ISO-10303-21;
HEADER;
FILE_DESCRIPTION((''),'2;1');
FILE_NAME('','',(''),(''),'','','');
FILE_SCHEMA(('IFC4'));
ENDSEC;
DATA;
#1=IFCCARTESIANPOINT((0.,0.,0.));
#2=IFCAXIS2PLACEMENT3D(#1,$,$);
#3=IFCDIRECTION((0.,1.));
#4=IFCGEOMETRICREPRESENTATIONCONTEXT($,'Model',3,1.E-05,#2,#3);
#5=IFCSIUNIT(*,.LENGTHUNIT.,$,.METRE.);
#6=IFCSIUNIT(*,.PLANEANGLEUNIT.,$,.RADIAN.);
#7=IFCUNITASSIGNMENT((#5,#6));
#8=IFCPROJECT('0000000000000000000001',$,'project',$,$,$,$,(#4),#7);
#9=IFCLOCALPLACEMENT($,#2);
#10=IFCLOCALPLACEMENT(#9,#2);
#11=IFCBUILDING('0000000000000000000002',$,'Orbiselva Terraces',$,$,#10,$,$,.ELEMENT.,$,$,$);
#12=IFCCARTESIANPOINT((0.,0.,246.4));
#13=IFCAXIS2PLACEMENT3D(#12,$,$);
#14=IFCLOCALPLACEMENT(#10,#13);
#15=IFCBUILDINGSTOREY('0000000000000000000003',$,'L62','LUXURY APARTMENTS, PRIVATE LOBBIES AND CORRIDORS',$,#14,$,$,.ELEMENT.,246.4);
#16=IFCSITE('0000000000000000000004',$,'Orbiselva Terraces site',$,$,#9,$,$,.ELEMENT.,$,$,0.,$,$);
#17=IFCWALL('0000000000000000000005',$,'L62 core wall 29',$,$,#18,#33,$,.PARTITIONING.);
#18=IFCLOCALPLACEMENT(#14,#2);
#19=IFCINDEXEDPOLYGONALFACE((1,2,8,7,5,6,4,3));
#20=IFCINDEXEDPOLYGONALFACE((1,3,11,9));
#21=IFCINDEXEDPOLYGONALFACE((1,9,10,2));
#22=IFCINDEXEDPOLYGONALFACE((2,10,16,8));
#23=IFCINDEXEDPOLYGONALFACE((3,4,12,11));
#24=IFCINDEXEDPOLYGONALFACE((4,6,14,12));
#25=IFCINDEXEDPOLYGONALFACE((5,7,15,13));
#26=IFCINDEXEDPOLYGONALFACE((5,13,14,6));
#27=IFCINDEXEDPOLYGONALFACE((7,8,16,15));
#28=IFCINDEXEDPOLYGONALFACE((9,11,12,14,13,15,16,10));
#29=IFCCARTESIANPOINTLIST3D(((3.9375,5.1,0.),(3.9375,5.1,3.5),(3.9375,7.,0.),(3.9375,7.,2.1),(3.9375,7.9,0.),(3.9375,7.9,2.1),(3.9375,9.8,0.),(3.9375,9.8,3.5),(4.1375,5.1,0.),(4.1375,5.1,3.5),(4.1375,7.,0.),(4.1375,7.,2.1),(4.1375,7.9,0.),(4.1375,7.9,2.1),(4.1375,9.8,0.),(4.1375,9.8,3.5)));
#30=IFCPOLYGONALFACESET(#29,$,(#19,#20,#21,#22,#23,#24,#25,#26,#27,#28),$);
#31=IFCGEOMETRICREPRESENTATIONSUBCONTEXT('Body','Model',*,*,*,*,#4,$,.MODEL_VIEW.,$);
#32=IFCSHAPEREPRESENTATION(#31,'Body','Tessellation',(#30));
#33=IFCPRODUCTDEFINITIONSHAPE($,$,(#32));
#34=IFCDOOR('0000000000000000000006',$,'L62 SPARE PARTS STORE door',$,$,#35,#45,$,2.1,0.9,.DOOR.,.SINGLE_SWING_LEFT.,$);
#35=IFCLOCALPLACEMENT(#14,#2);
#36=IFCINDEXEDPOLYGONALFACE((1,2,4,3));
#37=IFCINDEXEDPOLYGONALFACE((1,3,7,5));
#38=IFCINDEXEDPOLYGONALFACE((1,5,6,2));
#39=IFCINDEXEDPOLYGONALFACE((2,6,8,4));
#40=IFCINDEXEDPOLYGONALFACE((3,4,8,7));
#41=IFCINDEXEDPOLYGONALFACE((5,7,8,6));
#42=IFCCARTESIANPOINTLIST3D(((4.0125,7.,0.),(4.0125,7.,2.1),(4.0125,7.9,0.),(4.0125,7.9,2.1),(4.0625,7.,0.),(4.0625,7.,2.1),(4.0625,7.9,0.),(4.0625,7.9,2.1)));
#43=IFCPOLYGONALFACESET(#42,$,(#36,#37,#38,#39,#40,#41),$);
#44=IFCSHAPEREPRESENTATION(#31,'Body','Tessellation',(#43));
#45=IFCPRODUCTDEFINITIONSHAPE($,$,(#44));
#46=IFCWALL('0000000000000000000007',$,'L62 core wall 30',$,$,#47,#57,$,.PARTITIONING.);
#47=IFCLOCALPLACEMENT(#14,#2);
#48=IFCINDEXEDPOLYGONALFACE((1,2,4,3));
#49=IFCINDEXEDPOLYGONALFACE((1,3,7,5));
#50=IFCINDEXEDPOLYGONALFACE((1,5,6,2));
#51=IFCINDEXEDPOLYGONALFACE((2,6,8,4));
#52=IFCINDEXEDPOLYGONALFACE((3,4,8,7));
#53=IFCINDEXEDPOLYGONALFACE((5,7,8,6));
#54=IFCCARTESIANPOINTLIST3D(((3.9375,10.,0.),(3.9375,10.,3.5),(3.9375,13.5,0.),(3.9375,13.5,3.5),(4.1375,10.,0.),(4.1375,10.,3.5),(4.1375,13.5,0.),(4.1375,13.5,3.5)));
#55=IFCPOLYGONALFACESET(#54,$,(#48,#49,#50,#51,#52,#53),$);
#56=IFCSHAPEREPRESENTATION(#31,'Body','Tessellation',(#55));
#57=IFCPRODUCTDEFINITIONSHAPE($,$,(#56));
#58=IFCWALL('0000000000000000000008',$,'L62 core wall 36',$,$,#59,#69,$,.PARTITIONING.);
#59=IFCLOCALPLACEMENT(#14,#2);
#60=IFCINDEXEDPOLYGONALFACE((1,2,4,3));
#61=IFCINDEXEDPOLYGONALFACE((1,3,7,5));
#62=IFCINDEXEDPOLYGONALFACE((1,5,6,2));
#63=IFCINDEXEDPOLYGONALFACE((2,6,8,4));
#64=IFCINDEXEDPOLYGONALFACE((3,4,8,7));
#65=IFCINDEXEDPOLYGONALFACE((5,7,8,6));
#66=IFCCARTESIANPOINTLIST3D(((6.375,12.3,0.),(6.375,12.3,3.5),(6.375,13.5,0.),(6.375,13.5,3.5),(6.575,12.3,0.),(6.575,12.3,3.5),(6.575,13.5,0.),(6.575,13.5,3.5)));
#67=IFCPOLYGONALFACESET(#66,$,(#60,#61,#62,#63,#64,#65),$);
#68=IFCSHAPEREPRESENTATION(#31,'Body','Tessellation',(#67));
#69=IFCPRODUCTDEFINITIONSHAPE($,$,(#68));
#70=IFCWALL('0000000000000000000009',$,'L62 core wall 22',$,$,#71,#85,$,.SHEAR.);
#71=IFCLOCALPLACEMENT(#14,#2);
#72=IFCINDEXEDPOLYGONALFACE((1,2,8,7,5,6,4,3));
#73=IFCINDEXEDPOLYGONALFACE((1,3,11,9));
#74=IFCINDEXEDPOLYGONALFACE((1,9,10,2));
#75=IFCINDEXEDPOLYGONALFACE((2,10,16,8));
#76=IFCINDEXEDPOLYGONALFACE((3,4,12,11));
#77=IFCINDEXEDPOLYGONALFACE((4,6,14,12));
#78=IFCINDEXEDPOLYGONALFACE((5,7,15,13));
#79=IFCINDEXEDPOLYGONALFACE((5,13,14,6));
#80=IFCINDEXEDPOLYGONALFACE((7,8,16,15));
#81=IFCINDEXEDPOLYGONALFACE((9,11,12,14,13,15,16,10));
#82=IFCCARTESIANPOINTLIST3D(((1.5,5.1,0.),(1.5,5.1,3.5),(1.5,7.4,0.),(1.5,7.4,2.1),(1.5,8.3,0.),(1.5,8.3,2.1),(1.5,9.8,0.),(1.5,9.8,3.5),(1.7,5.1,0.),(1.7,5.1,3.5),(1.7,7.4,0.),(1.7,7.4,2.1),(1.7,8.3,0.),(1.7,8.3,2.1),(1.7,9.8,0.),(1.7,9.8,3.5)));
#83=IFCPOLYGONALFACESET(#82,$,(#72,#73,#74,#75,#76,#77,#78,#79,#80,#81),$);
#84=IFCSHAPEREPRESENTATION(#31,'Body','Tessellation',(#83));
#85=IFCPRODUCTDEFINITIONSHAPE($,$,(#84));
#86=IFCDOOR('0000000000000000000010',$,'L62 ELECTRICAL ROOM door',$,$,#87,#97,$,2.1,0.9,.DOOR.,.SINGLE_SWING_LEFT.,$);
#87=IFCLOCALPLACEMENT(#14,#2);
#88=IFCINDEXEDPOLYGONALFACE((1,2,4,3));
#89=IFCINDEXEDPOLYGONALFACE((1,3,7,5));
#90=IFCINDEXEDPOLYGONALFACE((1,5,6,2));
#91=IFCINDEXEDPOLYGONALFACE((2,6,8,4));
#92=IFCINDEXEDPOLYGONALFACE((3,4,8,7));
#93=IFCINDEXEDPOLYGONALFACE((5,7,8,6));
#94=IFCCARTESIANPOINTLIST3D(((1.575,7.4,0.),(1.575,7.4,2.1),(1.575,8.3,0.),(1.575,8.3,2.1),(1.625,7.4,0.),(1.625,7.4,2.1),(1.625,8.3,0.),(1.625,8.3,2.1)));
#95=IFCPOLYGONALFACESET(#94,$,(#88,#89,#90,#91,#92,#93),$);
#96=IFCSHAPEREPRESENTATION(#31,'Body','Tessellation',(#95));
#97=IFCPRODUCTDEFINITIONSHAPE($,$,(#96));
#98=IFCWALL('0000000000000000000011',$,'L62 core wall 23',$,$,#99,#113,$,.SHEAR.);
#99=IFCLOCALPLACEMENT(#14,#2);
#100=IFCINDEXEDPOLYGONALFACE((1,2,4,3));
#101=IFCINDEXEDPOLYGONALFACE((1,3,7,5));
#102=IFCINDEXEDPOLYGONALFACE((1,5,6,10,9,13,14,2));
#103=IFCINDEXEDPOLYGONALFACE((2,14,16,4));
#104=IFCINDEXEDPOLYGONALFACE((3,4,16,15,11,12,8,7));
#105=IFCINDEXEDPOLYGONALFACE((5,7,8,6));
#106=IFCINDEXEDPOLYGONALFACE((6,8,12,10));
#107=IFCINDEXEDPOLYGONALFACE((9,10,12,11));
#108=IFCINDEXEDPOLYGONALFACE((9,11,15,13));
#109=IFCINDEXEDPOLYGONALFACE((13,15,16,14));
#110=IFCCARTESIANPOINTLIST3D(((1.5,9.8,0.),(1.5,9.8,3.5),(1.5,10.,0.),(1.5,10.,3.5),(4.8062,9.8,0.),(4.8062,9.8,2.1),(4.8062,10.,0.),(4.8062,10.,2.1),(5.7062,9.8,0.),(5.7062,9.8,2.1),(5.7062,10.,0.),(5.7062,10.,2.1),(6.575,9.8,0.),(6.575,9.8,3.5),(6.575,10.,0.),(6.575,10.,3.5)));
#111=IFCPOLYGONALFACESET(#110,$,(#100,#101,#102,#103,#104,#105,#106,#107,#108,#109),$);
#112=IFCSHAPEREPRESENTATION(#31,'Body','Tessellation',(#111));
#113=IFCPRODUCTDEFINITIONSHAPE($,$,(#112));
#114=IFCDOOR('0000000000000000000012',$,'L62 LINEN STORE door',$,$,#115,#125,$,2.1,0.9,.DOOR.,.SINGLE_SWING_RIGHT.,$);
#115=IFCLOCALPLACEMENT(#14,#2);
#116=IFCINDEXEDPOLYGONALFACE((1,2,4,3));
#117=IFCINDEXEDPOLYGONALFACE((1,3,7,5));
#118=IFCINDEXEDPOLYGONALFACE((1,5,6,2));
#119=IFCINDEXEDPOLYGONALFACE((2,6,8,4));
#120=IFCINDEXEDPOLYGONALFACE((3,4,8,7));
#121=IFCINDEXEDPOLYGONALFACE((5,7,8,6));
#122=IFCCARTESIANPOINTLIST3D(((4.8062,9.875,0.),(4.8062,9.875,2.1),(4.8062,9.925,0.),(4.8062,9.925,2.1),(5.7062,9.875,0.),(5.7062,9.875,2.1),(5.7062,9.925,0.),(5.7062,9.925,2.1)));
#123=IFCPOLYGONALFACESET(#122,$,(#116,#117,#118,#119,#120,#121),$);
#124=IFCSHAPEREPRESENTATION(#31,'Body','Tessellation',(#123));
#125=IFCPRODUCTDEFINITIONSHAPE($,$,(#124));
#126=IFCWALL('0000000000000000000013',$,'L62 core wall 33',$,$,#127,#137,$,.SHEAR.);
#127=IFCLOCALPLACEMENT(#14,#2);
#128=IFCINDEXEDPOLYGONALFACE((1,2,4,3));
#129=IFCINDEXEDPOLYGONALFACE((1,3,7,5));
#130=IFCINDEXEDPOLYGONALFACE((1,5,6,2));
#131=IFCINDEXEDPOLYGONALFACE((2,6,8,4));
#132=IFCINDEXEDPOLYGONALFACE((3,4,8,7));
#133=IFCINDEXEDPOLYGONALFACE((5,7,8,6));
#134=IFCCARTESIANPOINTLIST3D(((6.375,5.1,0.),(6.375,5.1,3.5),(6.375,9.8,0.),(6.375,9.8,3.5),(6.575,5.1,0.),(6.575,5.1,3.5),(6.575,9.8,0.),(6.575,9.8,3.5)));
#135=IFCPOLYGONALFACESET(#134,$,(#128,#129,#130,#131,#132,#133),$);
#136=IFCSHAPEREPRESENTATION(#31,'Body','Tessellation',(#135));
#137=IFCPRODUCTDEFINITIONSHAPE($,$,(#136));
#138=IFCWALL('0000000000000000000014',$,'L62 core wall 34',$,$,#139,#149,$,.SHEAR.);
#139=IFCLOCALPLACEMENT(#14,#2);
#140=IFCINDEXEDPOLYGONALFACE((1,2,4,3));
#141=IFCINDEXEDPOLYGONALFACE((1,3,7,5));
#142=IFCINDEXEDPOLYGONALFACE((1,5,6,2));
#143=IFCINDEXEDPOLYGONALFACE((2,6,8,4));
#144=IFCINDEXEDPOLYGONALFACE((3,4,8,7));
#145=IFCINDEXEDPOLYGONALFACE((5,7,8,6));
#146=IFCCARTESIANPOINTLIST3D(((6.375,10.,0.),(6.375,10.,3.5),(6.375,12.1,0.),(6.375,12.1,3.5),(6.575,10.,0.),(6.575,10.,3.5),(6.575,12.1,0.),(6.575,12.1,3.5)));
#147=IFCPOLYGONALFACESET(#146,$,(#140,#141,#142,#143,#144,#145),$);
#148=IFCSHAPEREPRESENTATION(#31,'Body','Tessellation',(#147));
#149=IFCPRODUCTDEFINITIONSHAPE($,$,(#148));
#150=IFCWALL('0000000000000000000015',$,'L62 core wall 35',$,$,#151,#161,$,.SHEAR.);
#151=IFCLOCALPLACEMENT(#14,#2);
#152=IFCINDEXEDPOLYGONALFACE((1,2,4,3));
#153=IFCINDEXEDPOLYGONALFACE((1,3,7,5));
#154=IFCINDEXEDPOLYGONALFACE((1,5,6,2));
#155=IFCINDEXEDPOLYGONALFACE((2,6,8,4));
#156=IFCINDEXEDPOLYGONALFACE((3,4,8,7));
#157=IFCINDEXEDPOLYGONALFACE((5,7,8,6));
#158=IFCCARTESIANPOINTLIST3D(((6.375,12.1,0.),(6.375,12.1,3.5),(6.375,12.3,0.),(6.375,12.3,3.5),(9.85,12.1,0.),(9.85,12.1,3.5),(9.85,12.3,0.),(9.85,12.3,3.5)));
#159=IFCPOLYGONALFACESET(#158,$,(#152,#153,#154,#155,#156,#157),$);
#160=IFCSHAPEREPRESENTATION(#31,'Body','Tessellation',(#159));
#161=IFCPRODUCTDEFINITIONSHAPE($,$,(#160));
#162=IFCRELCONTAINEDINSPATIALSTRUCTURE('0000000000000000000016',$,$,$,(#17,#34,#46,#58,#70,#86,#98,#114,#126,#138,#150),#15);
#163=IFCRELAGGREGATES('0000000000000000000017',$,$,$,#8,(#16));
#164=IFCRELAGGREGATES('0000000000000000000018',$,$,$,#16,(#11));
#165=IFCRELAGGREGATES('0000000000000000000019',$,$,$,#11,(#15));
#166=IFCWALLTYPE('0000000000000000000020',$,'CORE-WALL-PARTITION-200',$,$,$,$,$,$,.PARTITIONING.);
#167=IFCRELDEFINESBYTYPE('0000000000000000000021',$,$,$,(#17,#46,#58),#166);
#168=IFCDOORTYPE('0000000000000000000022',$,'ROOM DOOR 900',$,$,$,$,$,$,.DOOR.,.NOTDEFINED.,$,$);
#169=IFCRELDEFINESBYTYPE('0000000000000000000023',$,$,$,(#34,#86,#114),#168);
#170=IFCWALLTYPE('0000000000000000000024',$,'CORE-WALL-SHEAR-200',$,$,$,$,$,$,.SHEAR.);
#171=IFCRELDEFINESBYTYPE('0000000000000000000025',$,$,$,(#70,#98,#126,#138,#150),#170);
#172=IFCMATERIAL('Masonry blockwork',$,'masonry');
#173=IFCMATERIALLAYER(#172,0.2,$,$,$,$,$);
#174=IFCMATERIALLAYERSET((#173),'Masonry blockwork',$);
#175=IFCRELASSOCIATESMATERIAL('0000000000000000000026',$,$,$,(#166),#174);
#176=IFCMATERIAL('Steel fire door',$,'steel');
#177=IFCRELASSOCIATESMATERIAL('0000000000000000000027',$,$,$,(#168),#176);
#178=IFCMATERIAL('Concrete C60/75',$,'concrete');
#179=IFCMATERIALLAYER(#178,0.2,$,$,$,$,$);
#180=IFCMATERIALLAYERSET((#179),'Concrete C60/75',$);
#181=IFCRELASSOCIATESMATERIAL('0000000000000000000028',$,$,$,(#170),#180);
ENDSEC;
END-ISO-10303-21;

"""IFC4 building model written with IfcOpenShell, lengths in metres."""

from ifc_helpers import new_model, si_unit, direction, frame, frame_2d, origin, place, context, subcontext, project, spatial, rectangle, extrude, material, layer, layer_set, type_object, element, fill, save


model = new_model("IFC4")

# Units and contexts
model_context = context("Model", 3, precision=1e-05, world=origin(), true_north=direction((0.0, 1.0)))
body_context = subcontext(model_context, "Body", "Model", "MODEL_VIEW")
ifc_project = project(units=[si_unit("LENGTHUNIT", "METRE"), si_unit("PLANEANGLEUNIT", "RADIAN")], contexts=[model_context])

# Site, building, storey
site_placement = place(None, origin())
site = spatial("IfcSite", under=ifc_project, at=site_placement, Name="Orbiselva Terraces site", CompositionType="ELEMENT", RefElevation=0.0)
building_placement = place(site_placement, origin())
building = spatial("IfcBuilding", under=site, at=building_placement, Name="Orbiselva Terraces", CompositionType="ELEMENT")
storey_placement = place(building_placement, frame((0.0, 0.0, 246.4)))
storey = spatial("IfcBuildingStorey", under=building, at=storey_placement, Name="L62", Description="LUXURY APARTMENTS, PRIVATE LOBBIES AND CORRIDORS", CompositionType="ELEMENT", Elevation=246.4)

# Wall, opening, door
ifc_material_1 = material(Name="Masonry blockwork", Category="masonry")
ifc_layer_1 = layer(ifc_material_1, 0.2)
ifc_layer_set_1 = layer_set([ifc_layer_1], Name="Masonry blockwork")
wall_type_1 = type_object("IfcWallType", Name="CORE-WALL-PARTITION-200", PredefinedType="PARTITIONING", material=ifc_layer_set_1)
wall_1_placement = place(storey_placement, frame((4.0375, 9.8, 0.0), z_axis=(0.0, 0.0, 1.0), x_axis=(0.0, -1.0, 0.0)))
wall_1 = element("IfcWall", 1, at=wall_1_placement, inside=storey, type_object=wall_type_1, Name="L62 core wall 29", PredefinedType="PARTITIONING", context=body_context, shape_type="SweptSolid", body=[
    extrude(rectangle(XDim=4.7, YDim=0.2, at=frame_2d((2.35, 0.0))), origin(), (0.0, 0.0, 1.0), 3.5),
])
opening_1_placement = place(wall_1_placement, frame((1.9, 0.0, 0.0)))
opening_1 = element("IfcOpeningElement", 2, at=opening_1_placement, cuts=wall_1, PredefinedType="OPENING", context=body_context, shape_type="SweptSolid", body=[
    extrude(rectangle(XDim=0.9, YDim=2.1, at=frame_2d((0.45, 1.05))), frame((0.0, 0.11, 0.0), z_axis=(0.0, -1.0, 0.0), x_axis=(1.0, 0.0, 0.0)), (0.0, 0.0, 1.0), 0.22),
])
ifc_material_2 = material(Name="Steel fire door", Category="steel")
door_type_1 = type_object("IfcDoorType", Name="ROOM DOOR 900", OperationType="NOTDEFINED", PredefinedType="DOOR", material=ifc_material_2)
door_1_placement = place(opening_1_placement, origin())
door_1 = element("IfcDoor", 3, at=door_1_placement, inside=storey, type_object=door_type_1, Name="L62 SPARE PARTS STORE door", OperationType="SINGLE_SWING_LEFT", OverallHeight=2.1, OverallWidth=0.9, PredefinedType="DOOR", context=body_context, shape_type="SweptSolid", body=[
    extrude(rectangle(XDim=0.9, YDim=2.1, at=frame_2d((0.45, 1.05))), frame((0.0, 0.025, 0.0), z_axis=(0.0, -1.0, 0.0), x_axis=(1.0, 0.0, 0.0)), (0.0, 0.0, 1.0), 0.05),
])
fill(opening_1, door_1)

# Walls
wall_2_placement = place(storey_placement, frame((4.0375, 10.0, 0.0), z_axis=(0.0, 0.0, 1.0), x_axis=(0.0, 1.0, 0.0)))
element("IfcWall", 4, at=wall_2_placement, inside=storey, type_object=wall_type_1, Name="L62 core wall 30", PredefinedType="PARTITIONING", context=body_context, shape_type="SweptSolid", body=[
    extrude(rectangle(XDim=3.5, YDim=0.2, at=frame_2d((1.75, 0.0))), origin(), (0.0, 0.0, 1.0), 3.5),
])
wall_3_placement = place(storey_placement, frame((6.475, 12.3, 0.0), z_axis=(0.0, 0.0, 1.0), x_axis=(0.0, 1.0, 0.0)))
element("IfcWall", 5, at=wall_3_placement, inside=storey, type_object=wall_type_1, Name="L62 core wall 36", PredefinedType="PARTITIONING", context=body_context, shape_type="SweptSolid", body=[
    extrude(rectangle(XDim=1.2, YDim=0.2, at=frame_2d((0.6, 0.0))), origin(), (0.0, 0.0, 1.0), 3.5),
])

# Walls, openings, doors
ifc_material_3 = material(Name="Concrete C60/75", Category="concrete")
ifc_layer_2 = layer(ifc_material_3, 0.2)
ifc_layer_set_2 = layer_set([ifc_layer_2], Name="Concrete C60/75")
wall_type_2 = type_object("IfcWallType", Name="CORE-WALL-SHEAR-200", PredefinedType="SHEAR", material=ifc_layer_set_2)
wall_4_placement = place(storey_placement, frame((1.6, 9.8, 0.0), z_axis=(0.0, 0.0, 1.0), x_axis=(0.0, -1.0, 0.0)))
wall_4 = element("IfcWall", 6, at=wall_4_placement, inside=storey, type_object=wall_type_2, Name="L62 core wall 22", PredefinedType="SHEAR", context=body_context, shape_type="SweptSolid", body=[
    extrude(rectangle(XDim=4.7, YDim=0.2, at=frame_2d((2.35, 0.0))), origin(), (0.0, 0.0, 1.0), 3.5),
])
opening_2_placement = place(wall_4_placement, frame((1.5, 0.0, 0.0)))
opening_2 = element("IfcOpeningElement", 7, at=opening_2_placement, cuts=wall_4, PredefinedType="OPENING", context=body_context, shape_type="SweptSolid", body=[
    extrude(rectangle(XDim=0.9, YDim=2.1, at=frame_2d((0.45, 1.05))), frame((0.0, 0.11, 0.0), z_axis=(0.0, -1.0, 0.0), x_axis=(1.0, 0.0, 0.0)), (0.0, 0.0, 1.0), 0.22),
])
door_2_placement = place(opening_2_placement, origin())
door_2 = element("IfcDoor", 8, at=door_2_placement, inside=storey, type_object=door_type_1, Name="L62 ELECTRICAL ROOM door", OperationType="SINGLE_SWING_LEFT", OverallHeight=2.1, OverallWidth=0.9, PredefinedType="DOOR", context=body_context, shape_type="SweptSolid", body=[
    extrude(rectangle(XDim=0.9, YDim=2.1, at=frame_2d((0.45, 1.05))), frame((0.0, 0.025, 0.0), z_axis=(0.0, -1.0, 0.0), x_axis=(1.0, 0.0, 0.0)), (0.0, 0.0, 1.0), 0.05),
])
fill(opening_2, door_2)
wall_5_placement = place(storey_placement, frame((1.5, 9.9, 0.0), z_axis=(0.0, 0.0, 1.0), x_axis=(1.0, 0.0, 0.0)))
wall_5 = element("IfcWall", 9, at=wall_5_placement, inside=storey, type_object=wall_type_2, Name="L62 core wall 23", PredefinedType="SHEAR", context=body_context, shape_type="SweptSolid", body=[
    extrude(rectangle(XDim=5.075, YDim=0.2, at=frame_2d((2.5375, 0.0))), origin(), (0.0, 0.0, 1.0), 3.5),
])
opening_3_placement = place(wall_5_placement, frame((3.3062, 0.0, 0.0)))
opening_3 = element("IfcOpeningElement", 10, at=opening_3_placement, cuts=wall_5, PredefinedType="OPENING", context=body_context, shape_type="SweptSolid", body=[
    extrude(rectangle(XDim=0.9, YDim=2.1, at=frame_2d((0.45, 1.05))), frame((0.0, 0.11, 0.0), z_axis=(0.0, -1.0, 0.0), x_axis=(1.0, 0.0, 0.0)), (0.0, 0.0, 1.0), 0.22),
])
door_3_placement = place(opening_3_placement, origin())
door_3 = element("IfcDoor", 11, at=door_3_placement, inside=storey, type_object=door_type_1, Name="L62 LINEN STORE door", OperationType="SINGLE_SWING_RIGHT", OverallHeight=2.1, OverallWidth=0.9, PredefinedType="DOOR", context=body_context, shape_type="SweptSolid", body=[
    extrude(rectangle(XDim=0.9, YDim=2.1, at=frame_2d((0.45, 1.05))), frame((0.0, 0.025, 0.0), z_axis=(0.0, -1.0, 0.0), x_axis=(1.0, 0.0, 0.0)), (0.0, 0.0, 1.0), 0.05),
])
fill(opening_3, door_3)

# Walls
wall_6_placement = place(storey_placement, frame((6.475, 5.1, 0.0), z_axis=(0.0, 0.0, 1.0), x_axis=(0.0, 1.0, 0.0)))
element("IfcWall", 12, at=wall_6_placement, inside=storey, type_object=wall_type_2, Name="L62 core wall 33", PredefinedType="SHEAR", context=body_context, shape_type="SweptSolid", body=[
    extrude(rectangle(XDim=4.7, YDim=0.2, at=frame_2d((2.35, 0.0))), origin(), (0.0, 0.0, 1.0), 3.5),
])
wall_7_placement = place(storey_placement, frame((6.475, 10.0, 0.0), z_axis=(0.0, 0.0, 1.0), x_axis=(0.0, 1.0, 0.0)))
element("IfcWall", 13, at=wall_7_placement, inside=storey, type_object=wall_type_2, Name="L62 core wall 34", PredefinedType="SHEAR", context=body_context, shape_type="SweptSolid", body=[
    extrude(rectangle(XDim=2.1, YDim=0.2, at=frame_2d((1.05, 0.0))), origin(), (0.0, 0.0, 1.0), 3.5),
])
wall_8_placement = place(storey_placement, frame((6.375, 12.2, 0.0), z_axis=(0.0, 0.0, 1.0), x_axis=(1.0, 0.0, 0.0)))
element("IfcWall", 14, at=wall_8_placement, inside=storey, type_object=wall_type_2, Name="L62 core wall 35", PredefinedType="SHEAR", context=body_context, shape_type="SweptSolid", body=[
    extrude(rectangle(XDim=3.475, YDim=0.2, at=frame_2d((1.7375, 0.0))), origin(), (0.0, 0.0, 1.0), 3.5),
])

save(model, "model.ifc")
